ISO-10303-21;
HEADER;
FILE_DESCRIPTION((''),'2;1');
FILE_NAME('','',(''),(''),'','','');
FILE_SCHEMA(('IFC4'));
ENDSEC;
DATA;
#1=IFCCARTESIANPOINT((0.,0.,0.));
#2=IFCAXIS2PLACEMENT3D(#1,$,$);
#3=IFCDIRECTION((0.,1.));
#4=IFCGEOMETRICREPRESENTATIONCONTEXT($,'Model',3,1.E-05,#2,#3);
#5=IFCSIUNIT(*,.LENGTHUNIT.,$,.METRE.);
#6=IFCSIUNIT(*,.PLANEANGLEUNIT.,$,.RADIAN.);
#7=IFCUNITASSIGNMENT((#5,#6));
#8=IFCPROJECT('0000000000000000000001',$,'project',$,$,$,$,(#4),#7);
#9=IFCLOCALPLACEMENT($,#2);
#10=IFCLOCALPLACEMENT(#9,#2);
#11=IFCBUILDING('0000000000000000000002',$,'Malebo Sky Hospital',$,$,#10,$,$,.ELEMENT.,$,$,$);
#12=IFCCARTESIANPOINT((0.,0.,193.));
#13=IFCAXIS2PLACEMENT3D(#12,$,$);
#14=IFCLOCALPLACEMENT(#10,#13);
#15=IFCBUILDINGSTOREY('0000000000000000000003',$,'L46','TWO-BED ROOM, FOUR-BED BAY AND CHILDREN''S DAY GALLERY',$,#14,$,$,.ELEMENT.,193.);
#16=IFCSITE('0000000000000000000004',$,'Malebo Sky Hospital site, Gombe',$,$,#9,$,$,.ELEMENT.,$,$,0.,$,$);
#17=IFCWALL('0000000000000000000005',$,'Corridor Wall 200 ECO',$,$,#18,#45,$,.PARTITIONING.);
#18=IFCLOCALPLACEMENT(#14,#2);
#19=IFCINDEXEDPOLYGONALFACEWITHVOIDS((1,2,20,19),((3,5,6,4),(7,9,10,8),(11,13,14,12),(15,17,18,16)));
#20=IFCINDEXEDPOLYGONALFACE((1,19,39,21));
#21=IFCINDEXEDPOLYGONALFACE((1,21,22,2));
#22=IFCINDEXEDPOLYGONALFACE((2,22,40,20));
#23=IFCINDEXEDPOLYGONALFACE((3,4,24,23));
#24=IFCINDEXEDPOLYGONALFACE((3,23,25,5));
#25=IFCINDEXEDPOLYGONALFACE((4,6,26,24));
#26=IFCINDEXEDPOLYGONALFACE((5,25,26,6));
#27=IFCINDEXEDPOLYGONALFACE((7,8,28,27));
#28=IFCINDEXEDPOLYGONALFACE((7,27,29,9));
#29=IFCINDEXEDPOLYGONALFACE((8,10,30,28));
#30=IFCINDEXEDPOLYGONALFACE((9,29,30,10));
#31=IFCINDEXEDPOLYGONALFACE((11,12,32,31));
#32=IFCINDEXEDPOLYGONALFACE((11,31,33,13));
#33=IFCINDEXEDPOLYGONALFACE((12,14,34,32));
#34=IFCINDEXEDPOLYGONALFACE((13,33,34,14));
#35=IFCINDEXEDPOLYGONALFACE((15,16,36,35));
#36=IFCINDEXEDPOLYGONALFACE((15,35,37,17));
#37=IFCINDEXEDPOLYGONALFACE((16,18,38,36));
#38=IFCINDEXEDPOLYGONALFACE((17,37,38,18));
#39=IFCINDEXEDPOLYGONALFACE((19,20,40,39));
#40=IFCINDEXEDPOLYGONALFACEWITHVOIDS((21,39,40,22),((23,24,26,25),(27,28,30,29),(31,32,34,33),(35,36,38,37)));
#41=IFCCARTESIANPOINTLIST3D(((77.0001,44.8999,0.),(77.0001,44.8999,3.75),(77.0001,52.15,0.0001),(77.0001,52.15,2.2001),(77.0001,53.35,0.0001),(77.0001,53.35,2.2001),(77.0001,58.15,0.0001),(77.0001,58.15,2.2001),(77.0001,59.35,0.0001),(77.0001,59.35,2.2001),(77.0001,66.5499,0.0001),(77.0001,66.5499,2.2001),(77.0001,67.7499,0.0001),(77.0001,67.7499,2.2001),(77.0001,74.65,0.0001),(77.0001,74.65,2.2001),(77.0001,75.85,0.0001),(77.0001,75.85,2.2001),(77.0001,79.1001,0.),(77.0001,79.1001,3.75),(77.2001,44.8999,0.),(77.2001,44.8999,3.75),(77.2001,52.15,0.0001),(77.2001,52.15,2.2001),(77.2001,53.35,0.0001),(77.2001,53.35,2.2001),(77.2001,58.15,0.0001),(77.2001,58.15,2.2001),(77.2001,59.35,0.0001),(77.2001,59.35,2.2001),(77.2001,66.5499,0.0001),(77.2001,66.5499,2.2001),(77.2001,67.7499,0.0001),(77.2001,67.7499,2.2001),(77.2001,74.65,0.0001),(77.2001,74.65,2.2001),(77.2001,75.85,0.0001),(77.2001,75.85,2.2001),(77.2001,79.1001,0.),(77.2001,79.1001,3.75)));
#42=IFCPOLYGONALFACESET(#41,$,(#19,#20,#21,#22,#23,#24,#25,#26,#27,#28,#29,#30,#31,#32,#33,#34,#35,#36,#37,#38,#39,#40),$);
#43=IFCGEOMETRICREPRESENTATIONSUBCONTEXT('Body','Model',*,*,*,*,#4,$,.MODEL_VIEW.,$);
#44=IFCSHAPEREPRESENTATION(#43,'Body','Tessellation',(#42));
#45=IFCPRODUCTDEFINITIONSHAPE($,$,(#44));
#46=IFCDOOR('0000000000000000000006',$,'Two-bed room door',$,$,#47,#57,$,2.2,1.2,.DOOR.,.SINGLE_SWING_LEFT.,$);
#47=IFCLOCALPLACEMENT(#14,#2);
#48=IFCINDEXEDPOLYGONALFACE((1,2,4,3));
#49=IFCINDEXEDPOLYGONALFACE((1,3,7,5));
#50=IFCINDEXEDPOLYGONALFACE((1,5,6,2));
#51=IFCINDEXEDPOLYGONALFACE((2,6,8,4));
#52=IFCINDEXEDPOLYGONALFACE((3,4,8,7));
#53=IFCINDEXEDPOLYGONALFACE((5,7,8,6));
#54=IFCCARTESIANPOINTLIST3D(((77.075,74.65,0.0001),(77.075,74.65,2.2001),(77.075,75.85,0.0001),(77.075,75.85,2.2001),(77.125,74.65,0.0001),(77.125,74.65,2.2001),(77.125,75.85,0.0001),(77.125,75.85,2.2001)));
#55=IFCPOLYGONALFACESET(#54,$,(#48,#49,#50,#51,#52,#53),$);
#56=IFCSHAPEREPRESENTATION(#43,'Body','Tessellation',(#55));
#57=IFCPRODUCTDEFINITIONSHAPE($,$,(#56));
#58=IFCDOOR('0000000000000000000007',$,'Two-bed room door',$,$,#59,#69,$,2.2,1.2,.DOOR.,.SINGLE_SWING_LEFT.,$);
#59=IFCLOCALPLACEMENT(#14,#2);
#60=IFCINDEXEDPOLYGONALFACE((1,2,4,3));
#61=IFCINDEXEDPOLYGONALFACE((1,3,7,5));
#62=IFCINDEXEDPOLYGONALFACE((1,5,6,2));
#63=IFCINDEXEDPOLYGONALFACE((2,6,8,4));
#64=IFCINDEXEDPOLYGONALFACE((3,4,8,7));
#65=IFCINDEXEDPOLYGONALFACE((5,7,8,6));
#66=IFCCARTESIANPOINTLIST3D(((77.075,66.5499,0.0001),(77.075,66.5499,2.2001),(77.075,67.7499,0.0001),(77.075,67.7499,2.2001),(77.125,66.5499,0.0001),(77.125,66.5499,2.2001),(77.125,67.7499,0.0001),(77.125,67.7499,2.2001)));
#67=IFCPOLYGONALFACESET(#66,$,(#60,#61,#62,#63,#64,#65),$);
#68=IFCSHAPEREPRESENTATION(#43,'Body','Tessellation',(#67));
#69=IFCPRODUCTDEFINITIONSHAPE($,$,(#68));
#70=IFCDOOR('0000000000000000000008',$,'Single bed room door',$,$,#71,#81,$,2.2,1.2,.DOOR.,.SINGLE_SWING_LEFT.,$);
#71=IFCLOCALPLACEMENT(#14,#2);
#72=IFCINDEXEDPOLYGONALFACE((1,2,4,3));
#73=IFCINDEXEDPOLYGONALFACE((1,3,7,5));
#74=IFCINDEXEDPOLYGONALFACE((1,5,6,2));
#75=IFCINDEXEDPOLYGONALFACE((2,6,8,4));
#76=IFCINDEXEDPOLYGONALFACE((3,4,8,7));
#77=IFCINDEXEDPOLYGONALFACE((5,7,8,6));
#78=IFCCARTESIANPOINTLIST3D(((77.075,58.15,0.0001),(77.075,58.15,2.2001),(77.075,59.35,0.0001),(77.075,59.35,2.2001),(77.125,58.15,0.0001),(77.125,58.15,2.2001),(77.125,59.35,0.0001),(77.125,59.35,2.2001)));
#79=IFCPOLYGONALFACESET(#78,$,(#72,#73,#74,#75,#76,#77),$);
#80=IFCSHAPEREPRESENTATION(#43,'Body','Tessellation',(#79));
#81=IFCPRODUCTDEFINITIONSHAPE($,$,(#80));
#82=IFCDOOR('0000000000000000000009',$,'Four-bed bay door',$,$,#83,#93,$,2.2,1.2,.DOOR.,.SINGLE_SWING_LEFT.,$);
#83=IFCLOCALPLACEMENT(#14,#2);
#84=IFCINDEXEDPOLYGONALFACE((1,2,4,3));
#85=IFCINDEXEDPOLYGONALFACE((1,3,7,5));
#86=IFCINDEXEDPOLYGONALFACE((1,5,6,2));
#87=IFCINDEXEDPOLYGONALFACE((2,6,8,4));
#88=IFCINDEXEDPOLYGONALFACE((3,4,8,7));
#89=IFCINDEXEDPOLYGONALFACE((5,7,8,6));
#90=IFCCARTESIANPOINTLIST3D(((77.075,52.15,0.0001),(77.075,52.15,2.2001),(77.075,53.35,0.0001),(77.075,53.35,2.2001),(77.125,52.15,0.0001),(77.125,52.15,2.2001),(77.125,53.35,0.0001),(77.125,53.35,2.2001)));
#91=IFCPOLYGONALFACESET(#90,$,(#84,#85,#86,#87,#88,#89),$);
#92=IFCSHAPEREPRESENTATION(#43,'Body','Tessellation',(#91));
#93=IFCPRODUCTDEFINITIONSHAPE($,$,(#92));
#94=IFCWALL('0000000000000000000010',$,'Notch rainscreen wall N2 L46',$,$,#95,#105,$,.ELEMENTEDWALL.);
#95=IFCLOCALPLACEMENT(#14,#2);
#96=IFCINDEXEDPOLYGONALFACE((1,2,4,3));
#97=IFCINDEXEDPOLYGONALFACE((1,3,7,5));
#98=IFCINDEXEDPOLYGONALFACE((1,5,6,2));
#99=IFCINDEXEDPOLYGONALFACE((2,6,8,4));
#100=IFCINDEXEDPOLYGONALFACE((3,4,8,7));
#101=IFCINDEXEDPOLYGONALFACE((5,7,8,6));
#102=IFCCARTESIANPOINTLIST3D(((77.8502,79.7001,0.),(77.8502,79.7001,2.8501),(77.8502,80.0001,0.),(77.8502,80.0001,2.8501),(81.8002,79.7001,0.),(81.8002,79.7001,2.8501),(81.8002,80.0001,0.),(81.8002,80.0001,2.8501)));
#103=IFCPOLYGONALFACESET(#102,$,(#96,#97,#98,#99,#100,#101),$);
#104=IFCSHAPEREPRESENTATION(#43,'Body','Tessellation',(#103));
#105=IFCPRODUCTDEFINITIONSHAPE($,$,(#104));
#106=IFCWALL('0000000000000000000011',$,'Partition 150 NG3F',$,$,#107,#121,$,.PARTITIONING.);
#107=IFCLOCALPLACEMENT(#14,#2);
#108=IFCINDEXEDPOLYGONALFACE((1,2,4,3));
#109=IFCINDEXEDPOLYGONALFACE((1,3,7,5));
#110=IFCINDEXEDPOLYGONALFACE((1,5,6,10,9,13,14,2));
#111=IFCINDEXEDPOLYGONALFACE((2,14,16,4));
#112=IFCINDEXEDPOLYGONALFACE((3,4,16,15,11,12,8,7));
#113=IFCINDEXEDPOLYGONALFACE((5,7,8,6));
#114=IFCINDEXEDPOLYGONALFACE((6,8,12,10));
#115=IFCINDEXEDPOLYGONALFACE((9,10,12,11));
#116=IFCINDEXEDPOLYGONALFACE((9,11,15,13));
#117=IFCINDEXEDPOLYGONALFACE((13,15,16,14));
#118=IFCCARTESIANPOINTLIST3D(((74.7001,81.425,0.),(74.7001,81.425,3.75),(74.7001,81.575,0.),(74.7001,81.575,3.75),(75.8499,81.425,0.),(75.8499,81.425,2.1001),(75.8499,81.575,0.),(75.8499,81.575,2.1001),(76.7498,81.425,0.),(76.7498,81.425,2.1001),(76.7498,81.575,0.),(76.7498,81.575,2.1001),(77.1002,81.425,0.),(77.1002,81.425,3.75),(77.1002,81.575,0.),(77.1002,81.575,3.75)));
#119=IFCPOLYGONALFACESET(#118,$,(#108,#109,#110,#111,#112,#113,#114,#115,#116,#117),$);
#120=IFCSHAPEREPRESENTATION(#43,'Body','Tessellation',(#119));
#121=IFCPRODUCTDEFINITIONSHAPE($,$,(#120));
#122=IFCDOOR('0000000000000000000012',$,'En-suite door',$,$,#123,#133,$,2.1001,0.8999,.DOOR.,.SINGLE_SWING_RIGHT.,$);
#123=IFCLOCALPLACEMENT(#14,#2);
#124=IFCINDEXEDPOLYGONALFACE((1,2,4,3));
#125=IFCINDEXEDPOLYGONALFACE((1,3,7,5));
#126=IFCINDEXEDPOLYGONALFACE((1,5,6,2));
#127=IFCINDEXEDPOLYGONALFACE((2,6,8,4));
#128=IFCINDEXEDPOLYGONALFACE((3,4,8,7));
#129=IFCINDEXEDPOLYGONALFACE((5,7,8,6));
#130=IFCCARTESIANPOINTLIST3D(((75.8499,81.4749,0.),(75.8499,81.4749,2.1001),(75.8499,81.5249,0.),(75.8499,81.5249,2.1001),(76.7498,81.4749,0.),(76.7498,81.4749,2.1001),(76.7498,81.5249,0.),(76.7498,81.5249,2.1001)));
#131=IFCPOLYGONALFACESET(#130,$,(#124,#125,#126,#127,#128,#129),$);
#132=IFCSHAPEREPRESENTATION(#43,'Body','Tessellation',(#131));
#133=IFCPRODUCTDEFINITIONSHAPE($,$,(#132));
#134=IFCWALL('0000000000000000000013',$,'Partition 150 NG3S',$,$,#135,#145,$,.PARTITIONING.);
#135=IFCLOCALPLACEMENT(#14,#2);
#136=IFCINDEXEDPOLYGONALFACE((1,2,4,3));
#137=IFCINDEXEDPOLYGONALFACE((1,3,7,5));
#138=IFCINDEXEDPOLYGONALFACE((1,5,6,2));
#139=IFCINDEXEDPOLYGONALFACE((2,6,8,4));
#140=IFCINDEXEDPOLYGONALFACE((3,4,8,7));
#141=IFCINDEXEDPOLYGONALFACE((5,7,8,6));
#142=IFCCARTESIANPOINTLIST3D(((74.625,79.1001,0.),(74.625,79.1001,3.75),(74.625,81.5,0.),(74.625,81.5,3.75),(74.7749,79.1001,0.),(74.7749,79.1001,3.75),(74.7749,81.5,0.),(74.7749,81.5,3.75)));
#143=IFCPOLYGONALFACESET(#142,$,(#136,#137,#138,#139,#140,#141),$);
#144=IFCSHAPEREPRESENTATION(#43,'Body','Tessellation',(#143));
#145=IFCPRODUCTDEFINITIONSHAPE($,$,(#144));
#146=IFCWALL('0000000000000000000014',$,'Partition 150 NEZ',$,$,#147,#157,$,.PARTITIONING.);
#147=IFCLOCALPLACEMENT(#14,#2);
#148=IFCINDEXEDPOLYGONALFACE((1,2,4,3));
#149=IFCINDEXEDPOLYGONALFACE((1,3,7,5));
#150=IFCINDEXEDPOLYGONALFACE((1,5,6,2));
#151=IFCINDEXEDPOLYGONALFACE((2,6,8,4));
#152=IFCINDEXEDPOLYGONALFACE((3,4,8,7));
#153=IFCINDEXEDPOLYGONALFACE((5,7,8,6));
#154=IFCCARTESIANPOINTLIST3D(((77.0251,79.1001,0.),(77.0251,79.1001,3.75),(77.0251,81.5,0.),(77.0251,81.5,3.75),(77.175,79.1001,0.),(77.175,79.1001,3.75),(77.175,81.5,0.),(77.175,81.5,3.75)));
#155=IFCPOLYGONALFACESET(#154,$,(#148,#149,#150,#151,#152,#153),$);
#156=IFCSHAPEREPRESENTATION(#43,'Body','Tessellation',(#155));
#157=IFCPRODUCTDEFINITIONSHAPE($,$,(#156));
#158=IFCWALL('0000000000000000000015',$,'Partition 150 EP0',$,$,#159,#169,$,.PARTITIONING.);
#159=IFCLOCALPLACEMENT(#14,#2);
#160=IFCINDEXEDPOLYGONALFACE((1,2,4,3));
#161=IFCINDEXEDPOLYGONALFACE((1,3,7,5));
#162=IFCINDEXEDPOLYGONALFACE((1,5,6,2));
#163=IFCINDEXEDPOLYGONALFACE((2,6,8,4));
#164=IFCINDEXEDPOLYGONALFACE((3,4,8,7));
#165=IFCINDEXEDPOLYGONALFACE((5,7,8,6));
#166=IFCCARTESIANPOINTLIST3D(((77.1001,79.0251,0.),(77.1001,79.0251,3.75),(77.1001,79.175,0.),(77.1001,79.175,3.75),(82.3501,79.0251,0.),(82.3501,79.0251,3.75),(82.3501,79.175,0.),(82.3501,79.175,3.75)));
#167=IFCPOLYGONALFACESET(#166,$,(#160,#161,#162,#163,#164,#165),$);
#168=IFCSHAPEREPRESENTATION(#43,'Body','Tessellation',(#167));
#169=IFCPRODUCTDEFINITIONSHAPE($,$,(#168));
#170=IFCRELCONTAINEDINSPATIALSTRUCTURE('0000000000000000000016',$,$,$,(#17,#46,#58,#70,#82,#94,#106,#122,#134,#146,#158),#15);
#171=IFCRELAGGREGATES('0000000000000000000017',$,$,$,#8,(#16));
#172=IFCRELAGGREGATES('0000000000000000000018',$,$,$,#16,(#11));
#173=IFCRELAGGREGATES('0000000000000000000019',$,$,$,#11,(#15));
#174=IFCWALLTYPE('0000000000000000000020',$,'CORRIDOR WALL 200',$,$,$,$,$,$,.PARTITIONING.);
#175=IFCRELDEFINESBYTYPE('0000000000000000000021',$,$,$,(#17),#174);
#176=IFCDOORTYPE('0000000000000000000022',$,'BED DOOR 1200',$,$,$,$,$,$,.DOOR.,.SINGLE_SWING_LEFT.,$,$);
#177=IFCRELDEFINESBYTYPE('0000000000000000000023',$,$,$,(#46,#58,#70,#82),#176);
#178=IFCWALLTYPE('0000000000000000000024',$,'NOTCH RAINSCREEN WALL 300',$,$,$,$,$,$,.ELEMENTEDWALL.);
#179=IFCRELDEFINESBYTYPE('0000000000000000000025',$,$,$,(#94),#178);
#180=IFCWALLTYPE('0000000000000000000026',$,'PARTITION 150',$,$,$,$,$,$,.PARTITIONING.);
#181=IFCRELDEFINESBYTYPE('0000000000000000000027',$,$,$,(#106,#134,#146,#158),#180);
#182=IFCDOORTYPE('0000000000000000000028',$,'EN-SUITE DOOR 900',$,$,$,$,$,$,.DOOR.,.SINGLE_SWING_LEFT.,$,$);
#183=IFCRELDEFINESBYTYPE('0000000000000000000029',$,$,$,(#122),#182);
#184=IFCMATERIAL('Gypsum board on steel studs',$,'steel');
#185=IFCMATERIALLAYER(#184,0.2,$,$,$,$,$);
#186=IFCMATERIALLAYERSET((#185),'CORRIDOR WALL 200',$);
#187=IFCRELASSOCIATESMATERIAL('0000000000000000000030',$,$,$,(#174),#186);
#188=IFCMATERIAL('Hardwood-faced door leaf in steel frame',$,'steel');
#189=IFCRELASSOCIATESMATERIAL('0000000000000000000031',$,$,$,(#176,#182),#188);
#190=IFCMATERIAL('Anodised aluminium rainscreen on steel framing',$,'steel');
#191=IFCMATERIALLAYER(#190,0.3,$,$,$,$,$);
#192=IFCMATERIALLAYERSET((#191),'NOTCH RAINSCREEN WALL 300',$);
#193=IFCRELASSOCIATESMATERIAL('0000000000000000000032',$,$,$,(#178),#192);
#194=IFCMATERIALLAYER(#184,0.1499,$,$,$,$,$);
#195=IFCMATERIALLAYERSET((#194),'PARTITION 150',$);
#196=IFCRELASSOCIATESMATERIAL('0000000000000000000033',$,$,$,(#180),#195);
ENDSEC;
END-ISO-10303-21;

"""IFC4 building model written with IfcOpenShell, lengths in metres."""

from ifc_helpers import new_model, si_unit, direction, frame, frame_2d, origin, place, context, subcontext, project, spatial, rectangle, extrude, material, layer, layer_set, type_object, element, fill, save


model = new_model("IFC4")

# Units and contexts
model_context = context("Model", 3, precision=1e-05, world=origin(), true_north=direction((0.0, 1.0)))
body_context = subcontext(model_context, "Body", "Model", "MODEL_VIEW")
ifc_project = project(units=[si_unit("LENGTHUNIT", "METRE"), si_unit("PLANEANGLEUNIT", "RADIAN")], contexts=[model_context])

# Site, building, storey
site_placement = place(None, origin())
site = spatial("IfcSite", under=ifc_project, at=site_placement, Name="Malebo Sky Hospital site, Gombe", CompositionType="ELEMENT", RefElevation=0.0)
building_placement = place(site_placement, origin())
building = spatial("IfcBuilding", under=site, at=building_placement, Name="Malebo Sky Hospital", CompositionType="ELEMENT")
storey_placement = place(building_placement, frame((0.0, 0.0, 193.0)))
storey = spatial("IfcBuildingStorey", under=building, at=storey_placement, Name="L46", Description="TWO-BED ROOM, FOUR-BED BAY AND CHILDREN'S DAY GALLERY", CompositionType="ELEMENT", Elevation=193.0)

# Wall, openings, doors
ifc_material_1 = material(Name="Gypsum board on steel studs", Category="steel")
ifc_layer_1 = layer(ifc_material_1, 0.2)
ifc_layer_set_1 = layer_set([ifc_layer_1], Name="CORRIDOR WALL 200")
wall_type_1 = type_object("IfcWallType", Name="CORRIDOR WALL 200", PredefinedType="PARTITIONING", material=ifc_layer_set_1)
wall_1_placement = place(storey_placement, frame((77.1001, 79.1001, 0.0), z_axis=(0.0, 0.0, 1.0), x_axis=(0.0, -1.0, 0.0)))
wall_1 = element("IfcWall", 1, at=wall_1_placement, inside=storey, type_object=wall_type_1, Name="Corridor Wall 200 ECO", PredefinedType="PARTITIONING", context=body_context, shape_type="SweptSolid", body=[
    extrude(rectangle(XDim=34.2002, YDim=0.2, at=frame_2d((17.1001, 0.0))), origin(), (0.0, 0.0, 1.0), 3.75),
])
opening_1_placement = place(wall_1_placement, frame((3.25, 0.0, 0.0)))
opening_1 = element("IfcOpeningElement", 2, at=opening_1_placement, cuts=wall_1, PredefinedType="OPENING", context=body_context, shape_type="SweptSolid", body=[
    extrude(rectangle(XDim=1.2, YDim=2.2, at=frame_2d((0.6001, 1.1001))), frame((0.0, 0.1099, 0.0), z_axis=(0.0, -1.0, 0.0), x_axis=(1.0, 0.0, 0.0)), (0.0, 0.0, 1.0), 0.22),
])
opening_2_placement = place(wall_1_placement, frame((11.3501, 0.0, 0.0)))
opening_2 = element("IfcOpeningElement", 3, at=opening_2_placement, cuts=wall_1, PredefinedType="OPENING", context=body_context, shape_type="SweptSolid", body=[
    extrude(rectangle(XDim=1.2, YDim=2.2, at=frame_2d((0.6001, 1.1001))), frame((0.0, 0.1099, 0.0), z_axis=(0.0, -1.0, 0.0), x_axis=(1.0, 0.0, 0.0)), (0.0, 0.0, 1.0), 0.22),
])
opening_3_placement = place(wall_1_placement, frame((19.75, 0.0, 0.0)))
opening_3 = element("IfcOpeningElement", 4, at=opening_3_placement, cuts=wall_1, PredefinedType="OPENING", context=body_context, shape_type="SweptSolid", body=[
    extrude(rectangle(XDim=1.2, YDim=2.2, at=frame_2d((0.6001, 1.1001))), frame((0.0, 0.1099, 0.0), z_axis=(0.0, -1.0, 0.0), x_axis=(1.0, 0.0, 0.0)), (0.0, 0.0, 1.0), 0.22),
])
opening_4_placement = place(wall_1_placement, frame((25.75, 0.0, 0.0)))
opening_4 = element("IfcOpeningElement", 5, at=opening_4_placement, cuts=wall_1, PredefinedType="OPENING", context=body_context, shape_type="SweptSolid", body=[
    extrude(rectangle(XDim=1.2, YDim=2.2, at=frame_2d((0.6001, 1.1001))), frame((0.0, 0.1099, 0.0), z_axis=(0.0, -1.0, 0.0), x_axis=(1.0, 0.0, 0.0)), (0.0, 0.0, 1.0), 0.22),
])
ifc_material_2 = material(Name="Hardwood-faced door leaf in steel frame", Category="steel")
door_type_1 = type_object("IfcDoorType", Name="BED DOOR 1200", OperationType="SINGLE_SWING_LEFT", PredefinedType="DOOR", material=ifc_material_2)
door_1_placement = place(opening_1_placement, origin())
door_1 = element("IfcDoor", 6, at=door_1_placement, inside=storey, type_object=door_type_1, Name="Two-bed room door", OperationType="SINGLE_SWING_LEFT", OverallHeight=2.2, OverallWidth=1.2, PredefinedType="DOOR", context=body_context, shape_type="SweptSolid", body=[
    extrude(rectangle(XDim=1.2, YDim=2.2, at=frame_2d((0.6001, 1.1001))), frame((0.0, 0.0249, 0.0), z_axis=(0.0, -1.0, 0.0), x_axis=(1.0, 0.0, 0.0)), (0.0, 0.0, 1.0), 0.05),
])
fill(opening_1, door_1)
door_2_placement = place(opening_2_placement, origin())
door_2 = element("IfcDoor", 7, at=door_2_placement, inside=storey, type_object=door_type_1, Name="Two-bed room door", OperationType="SINGLE_SWING_LEFT", OverallHeight=2.2, OverallWidth=1.2, PredefinedType="DOOR", context=body_context, shape_type="SweptSolid", body=[
    extrude(rectangle(XDim=1.2, YDim=2.2, at=frame_2d((0.6001, 1.1001))), frame((0.0, 0.0249, 0.0), z_axis=(0.0, -1.0, 0.0), x_axis=(1.0, 0.0, 0.0)), (0.0, 0.0, 1.0), 0.05),
])
fill(opening_2, door_2)
door_3_placement = place(opening_3_placement, origin())
door_3 = element("IfcDoor", 8, at=door_3_placement, inside=storey, type_object=door_type_1, Name="Single bed room door", OperationType="SINGLE_SWING_LEFT", OverallHeight=2.2, OverallWidth=1.2, PredefinedType="DOOR", context=body_context, shape_type="SweptSolid", body=[
    extrude(rectangle(XDim=1.2, YDim=2.2, at=frame_2d((0.6001, 1.1001))), frame((0.0, 0.0249, 0.0), z_axis=(0.0, -1.0, 0.0), x_axis=(1.0, 0.0, 0.0)), (0.0, 0.0, 1.0), 0.05),
])
fill(opening_3, door_3)
door_4_placement = place(opening_4_placement, origin())
door_4 = element("IfcDoor", 9, at=door_4_placement, inside=storey, type_object=door_type_1, Name="Four-bed bay door", OperationType="SINGLE_SWING_LEFT", OverallHeight=2.2, OverallWidth=1.2, PredefinedType="DOOR", context=body_context, shape_type="SweptSolid", body=[
    extrude(rectangle(XDim=1.2, YDim=2.2, at=frame_2d((0.6001, 1.1001))), frame((0.0, 0.0249, 0.0), z_axis=(0.0, -1.0, 0.0), x_axis=(1.0, 0.0, 0.0)), (0.0, 0.0, 1.0), 0.05),
])
fill(opening_4, door_4)

# Wall
ifc_material_3 = material(Name="Anodised aluminium rainscreen on steel framing", Category="steel")
ifc_layer_2 = layer(ifc_material_3, 0.3)
ifc_layer_set_2 = layer_set([ifc_layer_2], Name="NOTCH RAINSCREEN WALL 300")
wall_type_2 = type_object("IfcWallType", Name="NOTCH RAINSCREEN WALL 300", PredefinedType="ELEMENTEDWALL", material=ifc_layer_set_2)
wall_2_placement = place(storey_placement, frame((77.8501, 79.8501, 0.0), z_axis=(0.0, 0.0, 1.0), x_axis=(1.0, 0.0, 0.0)))
element("IfcWall", 10, at=wall_2_placement, inside=storey, type_object=wall_type_2, Name="Notch rainscreen wall N2 L46", PredefinedType="ELEMENTEDWALL", context=body_context, shape_type="SweptSolid", body=[
    extrude(rectangle(XDim=3.95, YDim=0.3, at=frame_2d((1.9751, 0.0))), origin(), (0.0, 0.0, 1.0), 2.8501),
])

# Wall, opening, door
ifc_layer_3 = layer(ifc_material_1, 0.1499)
ifc_layer_set_3 = layer_set([ifc_layer_3], Name="PARTITION 150")
wall_type_3 = type_object("IfcWallType", Name="PARTITION 150", PredefinedType="PARTITIONING", material=ifc_layer_set_3)
wall_3_placement = place(storey_placement, frame((74.7, 81.5, 0.0), z_axis=(0.0, 0.0, 1.0), x_axis=(1.0, 0.0, 0.0)))
wall_3 = element("IfcWall", 11, at=wall_3_placement, inside=storey, type_object=wall_type_3, Name="Partition 150 NG3F", PredefinedType="PARTITIONING", context=body_context, shape_type="SweptSolid", body=[
    extrude(rectangle(XDim=2.4001, YDim=0.1499, at=frame_2d((1.2002, 0.0))), origin(), (0.0, 0.0, 1.0), 3.75),
])
opening_5_placement = place(wall_3_placement, frame((1.1499, 0.0, 0.0)))
opening_5 = element("IfcOpeningElement", 12, at=opening_5_placement, cuts=wall_3, PredefinedType="OPENING", context=body_context, shape_type="SweptSolid", body=[
    extrude(rectangle(XDim=0.8999, YDim=2.1001, at=frame_2d((0.45, 1.05))), frame((0.0, 0.085, 0.0), z_axis=(0.0, -1.0, 0.0), x_axis=(1.0, 0.0, 0.0)), (0.0, 0.0, 1.0), 0.1699),
])
door_type_2 = type_object("IfcDoorType", Name="EN-SUITE DOOR 900", OperationType="SINGLE_SWING_LEFT", PredefinedType="DOOR", material=ifc_material_2)
door_5_placement = place(opening_5_placement, origin())
door_5 = element("IfcDoor", 13, at=door_5_placement, inside=storey, type_object=door_type_2, Name="En-suite door", OperationType="SINGLE_SWING_RIGHT", OverallHeight=2.1001, OverallWidth=0.8999, PredefinedType="DOOR", context=body_context, shape_type="SweptSolid", body=[
    extrude(rectangle(XDim=0.8999, YDim=2.1001, at=frame_2d((0.45, 1.05))), frame((0.0, 0.0249, 0.0), z_axis=(0.0, -1.0, 0.0), x_axis=(1.0, 0.0, 0.0)), (0.0, 0.0, 1.0), 0.05),
])
fill(opening_5, door_5)

# Walls
for number, where, z_axis, x_axis, name in (
    (14, (74.7, 79.1001, 0.0), (0.0, 0.0, 1.0), (0.0, 1.0, 0.0), "Partition 150 NG3S"),
    (15, (77.1001, 79.1001, 0.0), (0.0, 0.0, 1.0), (0.0, 1.0, 0.0), "Partition 150 NEZ"),
):
    element("IfcWall", number, at=place(storey_placement, frame(where, z_axis=z_axis, x_axis=x_axis)), inside=storey, type_object=wall_type_3, Name=name, PredefinedType="PARTITIONING", context=body_context, shape_type="SweptSolid", body=[
        extrude(rectangle(XDim=2.3999, YDim=0.1499, at=frame_2d((1.2, 0.0))), origin(), (0.0, 0.0, 1.0), 3.75),
    ])
wall_4_placement = place(storey_placement, frame((77.1001, 79.1001, 0.0), z_axis=(0.0, 0.0, 1.0), x_axis=(1.0, 0.0, 0.0)))
element("IfcWall", 16, at=wall_4_placement, inside=storey, type_object=wall_type_3, Name="Partition 150 EP0", PredefinedType="PARTITIONING", context=body_context, shape_type="SweptSolid", body=[
    extrude(rectangle(XDim=5.25, YDim=0.1499, at=frame_2d((2.625, 0.0))), origin(), (0.0, 0.0, 1.0), 3.75),
])

save(model, "model.ifc")
